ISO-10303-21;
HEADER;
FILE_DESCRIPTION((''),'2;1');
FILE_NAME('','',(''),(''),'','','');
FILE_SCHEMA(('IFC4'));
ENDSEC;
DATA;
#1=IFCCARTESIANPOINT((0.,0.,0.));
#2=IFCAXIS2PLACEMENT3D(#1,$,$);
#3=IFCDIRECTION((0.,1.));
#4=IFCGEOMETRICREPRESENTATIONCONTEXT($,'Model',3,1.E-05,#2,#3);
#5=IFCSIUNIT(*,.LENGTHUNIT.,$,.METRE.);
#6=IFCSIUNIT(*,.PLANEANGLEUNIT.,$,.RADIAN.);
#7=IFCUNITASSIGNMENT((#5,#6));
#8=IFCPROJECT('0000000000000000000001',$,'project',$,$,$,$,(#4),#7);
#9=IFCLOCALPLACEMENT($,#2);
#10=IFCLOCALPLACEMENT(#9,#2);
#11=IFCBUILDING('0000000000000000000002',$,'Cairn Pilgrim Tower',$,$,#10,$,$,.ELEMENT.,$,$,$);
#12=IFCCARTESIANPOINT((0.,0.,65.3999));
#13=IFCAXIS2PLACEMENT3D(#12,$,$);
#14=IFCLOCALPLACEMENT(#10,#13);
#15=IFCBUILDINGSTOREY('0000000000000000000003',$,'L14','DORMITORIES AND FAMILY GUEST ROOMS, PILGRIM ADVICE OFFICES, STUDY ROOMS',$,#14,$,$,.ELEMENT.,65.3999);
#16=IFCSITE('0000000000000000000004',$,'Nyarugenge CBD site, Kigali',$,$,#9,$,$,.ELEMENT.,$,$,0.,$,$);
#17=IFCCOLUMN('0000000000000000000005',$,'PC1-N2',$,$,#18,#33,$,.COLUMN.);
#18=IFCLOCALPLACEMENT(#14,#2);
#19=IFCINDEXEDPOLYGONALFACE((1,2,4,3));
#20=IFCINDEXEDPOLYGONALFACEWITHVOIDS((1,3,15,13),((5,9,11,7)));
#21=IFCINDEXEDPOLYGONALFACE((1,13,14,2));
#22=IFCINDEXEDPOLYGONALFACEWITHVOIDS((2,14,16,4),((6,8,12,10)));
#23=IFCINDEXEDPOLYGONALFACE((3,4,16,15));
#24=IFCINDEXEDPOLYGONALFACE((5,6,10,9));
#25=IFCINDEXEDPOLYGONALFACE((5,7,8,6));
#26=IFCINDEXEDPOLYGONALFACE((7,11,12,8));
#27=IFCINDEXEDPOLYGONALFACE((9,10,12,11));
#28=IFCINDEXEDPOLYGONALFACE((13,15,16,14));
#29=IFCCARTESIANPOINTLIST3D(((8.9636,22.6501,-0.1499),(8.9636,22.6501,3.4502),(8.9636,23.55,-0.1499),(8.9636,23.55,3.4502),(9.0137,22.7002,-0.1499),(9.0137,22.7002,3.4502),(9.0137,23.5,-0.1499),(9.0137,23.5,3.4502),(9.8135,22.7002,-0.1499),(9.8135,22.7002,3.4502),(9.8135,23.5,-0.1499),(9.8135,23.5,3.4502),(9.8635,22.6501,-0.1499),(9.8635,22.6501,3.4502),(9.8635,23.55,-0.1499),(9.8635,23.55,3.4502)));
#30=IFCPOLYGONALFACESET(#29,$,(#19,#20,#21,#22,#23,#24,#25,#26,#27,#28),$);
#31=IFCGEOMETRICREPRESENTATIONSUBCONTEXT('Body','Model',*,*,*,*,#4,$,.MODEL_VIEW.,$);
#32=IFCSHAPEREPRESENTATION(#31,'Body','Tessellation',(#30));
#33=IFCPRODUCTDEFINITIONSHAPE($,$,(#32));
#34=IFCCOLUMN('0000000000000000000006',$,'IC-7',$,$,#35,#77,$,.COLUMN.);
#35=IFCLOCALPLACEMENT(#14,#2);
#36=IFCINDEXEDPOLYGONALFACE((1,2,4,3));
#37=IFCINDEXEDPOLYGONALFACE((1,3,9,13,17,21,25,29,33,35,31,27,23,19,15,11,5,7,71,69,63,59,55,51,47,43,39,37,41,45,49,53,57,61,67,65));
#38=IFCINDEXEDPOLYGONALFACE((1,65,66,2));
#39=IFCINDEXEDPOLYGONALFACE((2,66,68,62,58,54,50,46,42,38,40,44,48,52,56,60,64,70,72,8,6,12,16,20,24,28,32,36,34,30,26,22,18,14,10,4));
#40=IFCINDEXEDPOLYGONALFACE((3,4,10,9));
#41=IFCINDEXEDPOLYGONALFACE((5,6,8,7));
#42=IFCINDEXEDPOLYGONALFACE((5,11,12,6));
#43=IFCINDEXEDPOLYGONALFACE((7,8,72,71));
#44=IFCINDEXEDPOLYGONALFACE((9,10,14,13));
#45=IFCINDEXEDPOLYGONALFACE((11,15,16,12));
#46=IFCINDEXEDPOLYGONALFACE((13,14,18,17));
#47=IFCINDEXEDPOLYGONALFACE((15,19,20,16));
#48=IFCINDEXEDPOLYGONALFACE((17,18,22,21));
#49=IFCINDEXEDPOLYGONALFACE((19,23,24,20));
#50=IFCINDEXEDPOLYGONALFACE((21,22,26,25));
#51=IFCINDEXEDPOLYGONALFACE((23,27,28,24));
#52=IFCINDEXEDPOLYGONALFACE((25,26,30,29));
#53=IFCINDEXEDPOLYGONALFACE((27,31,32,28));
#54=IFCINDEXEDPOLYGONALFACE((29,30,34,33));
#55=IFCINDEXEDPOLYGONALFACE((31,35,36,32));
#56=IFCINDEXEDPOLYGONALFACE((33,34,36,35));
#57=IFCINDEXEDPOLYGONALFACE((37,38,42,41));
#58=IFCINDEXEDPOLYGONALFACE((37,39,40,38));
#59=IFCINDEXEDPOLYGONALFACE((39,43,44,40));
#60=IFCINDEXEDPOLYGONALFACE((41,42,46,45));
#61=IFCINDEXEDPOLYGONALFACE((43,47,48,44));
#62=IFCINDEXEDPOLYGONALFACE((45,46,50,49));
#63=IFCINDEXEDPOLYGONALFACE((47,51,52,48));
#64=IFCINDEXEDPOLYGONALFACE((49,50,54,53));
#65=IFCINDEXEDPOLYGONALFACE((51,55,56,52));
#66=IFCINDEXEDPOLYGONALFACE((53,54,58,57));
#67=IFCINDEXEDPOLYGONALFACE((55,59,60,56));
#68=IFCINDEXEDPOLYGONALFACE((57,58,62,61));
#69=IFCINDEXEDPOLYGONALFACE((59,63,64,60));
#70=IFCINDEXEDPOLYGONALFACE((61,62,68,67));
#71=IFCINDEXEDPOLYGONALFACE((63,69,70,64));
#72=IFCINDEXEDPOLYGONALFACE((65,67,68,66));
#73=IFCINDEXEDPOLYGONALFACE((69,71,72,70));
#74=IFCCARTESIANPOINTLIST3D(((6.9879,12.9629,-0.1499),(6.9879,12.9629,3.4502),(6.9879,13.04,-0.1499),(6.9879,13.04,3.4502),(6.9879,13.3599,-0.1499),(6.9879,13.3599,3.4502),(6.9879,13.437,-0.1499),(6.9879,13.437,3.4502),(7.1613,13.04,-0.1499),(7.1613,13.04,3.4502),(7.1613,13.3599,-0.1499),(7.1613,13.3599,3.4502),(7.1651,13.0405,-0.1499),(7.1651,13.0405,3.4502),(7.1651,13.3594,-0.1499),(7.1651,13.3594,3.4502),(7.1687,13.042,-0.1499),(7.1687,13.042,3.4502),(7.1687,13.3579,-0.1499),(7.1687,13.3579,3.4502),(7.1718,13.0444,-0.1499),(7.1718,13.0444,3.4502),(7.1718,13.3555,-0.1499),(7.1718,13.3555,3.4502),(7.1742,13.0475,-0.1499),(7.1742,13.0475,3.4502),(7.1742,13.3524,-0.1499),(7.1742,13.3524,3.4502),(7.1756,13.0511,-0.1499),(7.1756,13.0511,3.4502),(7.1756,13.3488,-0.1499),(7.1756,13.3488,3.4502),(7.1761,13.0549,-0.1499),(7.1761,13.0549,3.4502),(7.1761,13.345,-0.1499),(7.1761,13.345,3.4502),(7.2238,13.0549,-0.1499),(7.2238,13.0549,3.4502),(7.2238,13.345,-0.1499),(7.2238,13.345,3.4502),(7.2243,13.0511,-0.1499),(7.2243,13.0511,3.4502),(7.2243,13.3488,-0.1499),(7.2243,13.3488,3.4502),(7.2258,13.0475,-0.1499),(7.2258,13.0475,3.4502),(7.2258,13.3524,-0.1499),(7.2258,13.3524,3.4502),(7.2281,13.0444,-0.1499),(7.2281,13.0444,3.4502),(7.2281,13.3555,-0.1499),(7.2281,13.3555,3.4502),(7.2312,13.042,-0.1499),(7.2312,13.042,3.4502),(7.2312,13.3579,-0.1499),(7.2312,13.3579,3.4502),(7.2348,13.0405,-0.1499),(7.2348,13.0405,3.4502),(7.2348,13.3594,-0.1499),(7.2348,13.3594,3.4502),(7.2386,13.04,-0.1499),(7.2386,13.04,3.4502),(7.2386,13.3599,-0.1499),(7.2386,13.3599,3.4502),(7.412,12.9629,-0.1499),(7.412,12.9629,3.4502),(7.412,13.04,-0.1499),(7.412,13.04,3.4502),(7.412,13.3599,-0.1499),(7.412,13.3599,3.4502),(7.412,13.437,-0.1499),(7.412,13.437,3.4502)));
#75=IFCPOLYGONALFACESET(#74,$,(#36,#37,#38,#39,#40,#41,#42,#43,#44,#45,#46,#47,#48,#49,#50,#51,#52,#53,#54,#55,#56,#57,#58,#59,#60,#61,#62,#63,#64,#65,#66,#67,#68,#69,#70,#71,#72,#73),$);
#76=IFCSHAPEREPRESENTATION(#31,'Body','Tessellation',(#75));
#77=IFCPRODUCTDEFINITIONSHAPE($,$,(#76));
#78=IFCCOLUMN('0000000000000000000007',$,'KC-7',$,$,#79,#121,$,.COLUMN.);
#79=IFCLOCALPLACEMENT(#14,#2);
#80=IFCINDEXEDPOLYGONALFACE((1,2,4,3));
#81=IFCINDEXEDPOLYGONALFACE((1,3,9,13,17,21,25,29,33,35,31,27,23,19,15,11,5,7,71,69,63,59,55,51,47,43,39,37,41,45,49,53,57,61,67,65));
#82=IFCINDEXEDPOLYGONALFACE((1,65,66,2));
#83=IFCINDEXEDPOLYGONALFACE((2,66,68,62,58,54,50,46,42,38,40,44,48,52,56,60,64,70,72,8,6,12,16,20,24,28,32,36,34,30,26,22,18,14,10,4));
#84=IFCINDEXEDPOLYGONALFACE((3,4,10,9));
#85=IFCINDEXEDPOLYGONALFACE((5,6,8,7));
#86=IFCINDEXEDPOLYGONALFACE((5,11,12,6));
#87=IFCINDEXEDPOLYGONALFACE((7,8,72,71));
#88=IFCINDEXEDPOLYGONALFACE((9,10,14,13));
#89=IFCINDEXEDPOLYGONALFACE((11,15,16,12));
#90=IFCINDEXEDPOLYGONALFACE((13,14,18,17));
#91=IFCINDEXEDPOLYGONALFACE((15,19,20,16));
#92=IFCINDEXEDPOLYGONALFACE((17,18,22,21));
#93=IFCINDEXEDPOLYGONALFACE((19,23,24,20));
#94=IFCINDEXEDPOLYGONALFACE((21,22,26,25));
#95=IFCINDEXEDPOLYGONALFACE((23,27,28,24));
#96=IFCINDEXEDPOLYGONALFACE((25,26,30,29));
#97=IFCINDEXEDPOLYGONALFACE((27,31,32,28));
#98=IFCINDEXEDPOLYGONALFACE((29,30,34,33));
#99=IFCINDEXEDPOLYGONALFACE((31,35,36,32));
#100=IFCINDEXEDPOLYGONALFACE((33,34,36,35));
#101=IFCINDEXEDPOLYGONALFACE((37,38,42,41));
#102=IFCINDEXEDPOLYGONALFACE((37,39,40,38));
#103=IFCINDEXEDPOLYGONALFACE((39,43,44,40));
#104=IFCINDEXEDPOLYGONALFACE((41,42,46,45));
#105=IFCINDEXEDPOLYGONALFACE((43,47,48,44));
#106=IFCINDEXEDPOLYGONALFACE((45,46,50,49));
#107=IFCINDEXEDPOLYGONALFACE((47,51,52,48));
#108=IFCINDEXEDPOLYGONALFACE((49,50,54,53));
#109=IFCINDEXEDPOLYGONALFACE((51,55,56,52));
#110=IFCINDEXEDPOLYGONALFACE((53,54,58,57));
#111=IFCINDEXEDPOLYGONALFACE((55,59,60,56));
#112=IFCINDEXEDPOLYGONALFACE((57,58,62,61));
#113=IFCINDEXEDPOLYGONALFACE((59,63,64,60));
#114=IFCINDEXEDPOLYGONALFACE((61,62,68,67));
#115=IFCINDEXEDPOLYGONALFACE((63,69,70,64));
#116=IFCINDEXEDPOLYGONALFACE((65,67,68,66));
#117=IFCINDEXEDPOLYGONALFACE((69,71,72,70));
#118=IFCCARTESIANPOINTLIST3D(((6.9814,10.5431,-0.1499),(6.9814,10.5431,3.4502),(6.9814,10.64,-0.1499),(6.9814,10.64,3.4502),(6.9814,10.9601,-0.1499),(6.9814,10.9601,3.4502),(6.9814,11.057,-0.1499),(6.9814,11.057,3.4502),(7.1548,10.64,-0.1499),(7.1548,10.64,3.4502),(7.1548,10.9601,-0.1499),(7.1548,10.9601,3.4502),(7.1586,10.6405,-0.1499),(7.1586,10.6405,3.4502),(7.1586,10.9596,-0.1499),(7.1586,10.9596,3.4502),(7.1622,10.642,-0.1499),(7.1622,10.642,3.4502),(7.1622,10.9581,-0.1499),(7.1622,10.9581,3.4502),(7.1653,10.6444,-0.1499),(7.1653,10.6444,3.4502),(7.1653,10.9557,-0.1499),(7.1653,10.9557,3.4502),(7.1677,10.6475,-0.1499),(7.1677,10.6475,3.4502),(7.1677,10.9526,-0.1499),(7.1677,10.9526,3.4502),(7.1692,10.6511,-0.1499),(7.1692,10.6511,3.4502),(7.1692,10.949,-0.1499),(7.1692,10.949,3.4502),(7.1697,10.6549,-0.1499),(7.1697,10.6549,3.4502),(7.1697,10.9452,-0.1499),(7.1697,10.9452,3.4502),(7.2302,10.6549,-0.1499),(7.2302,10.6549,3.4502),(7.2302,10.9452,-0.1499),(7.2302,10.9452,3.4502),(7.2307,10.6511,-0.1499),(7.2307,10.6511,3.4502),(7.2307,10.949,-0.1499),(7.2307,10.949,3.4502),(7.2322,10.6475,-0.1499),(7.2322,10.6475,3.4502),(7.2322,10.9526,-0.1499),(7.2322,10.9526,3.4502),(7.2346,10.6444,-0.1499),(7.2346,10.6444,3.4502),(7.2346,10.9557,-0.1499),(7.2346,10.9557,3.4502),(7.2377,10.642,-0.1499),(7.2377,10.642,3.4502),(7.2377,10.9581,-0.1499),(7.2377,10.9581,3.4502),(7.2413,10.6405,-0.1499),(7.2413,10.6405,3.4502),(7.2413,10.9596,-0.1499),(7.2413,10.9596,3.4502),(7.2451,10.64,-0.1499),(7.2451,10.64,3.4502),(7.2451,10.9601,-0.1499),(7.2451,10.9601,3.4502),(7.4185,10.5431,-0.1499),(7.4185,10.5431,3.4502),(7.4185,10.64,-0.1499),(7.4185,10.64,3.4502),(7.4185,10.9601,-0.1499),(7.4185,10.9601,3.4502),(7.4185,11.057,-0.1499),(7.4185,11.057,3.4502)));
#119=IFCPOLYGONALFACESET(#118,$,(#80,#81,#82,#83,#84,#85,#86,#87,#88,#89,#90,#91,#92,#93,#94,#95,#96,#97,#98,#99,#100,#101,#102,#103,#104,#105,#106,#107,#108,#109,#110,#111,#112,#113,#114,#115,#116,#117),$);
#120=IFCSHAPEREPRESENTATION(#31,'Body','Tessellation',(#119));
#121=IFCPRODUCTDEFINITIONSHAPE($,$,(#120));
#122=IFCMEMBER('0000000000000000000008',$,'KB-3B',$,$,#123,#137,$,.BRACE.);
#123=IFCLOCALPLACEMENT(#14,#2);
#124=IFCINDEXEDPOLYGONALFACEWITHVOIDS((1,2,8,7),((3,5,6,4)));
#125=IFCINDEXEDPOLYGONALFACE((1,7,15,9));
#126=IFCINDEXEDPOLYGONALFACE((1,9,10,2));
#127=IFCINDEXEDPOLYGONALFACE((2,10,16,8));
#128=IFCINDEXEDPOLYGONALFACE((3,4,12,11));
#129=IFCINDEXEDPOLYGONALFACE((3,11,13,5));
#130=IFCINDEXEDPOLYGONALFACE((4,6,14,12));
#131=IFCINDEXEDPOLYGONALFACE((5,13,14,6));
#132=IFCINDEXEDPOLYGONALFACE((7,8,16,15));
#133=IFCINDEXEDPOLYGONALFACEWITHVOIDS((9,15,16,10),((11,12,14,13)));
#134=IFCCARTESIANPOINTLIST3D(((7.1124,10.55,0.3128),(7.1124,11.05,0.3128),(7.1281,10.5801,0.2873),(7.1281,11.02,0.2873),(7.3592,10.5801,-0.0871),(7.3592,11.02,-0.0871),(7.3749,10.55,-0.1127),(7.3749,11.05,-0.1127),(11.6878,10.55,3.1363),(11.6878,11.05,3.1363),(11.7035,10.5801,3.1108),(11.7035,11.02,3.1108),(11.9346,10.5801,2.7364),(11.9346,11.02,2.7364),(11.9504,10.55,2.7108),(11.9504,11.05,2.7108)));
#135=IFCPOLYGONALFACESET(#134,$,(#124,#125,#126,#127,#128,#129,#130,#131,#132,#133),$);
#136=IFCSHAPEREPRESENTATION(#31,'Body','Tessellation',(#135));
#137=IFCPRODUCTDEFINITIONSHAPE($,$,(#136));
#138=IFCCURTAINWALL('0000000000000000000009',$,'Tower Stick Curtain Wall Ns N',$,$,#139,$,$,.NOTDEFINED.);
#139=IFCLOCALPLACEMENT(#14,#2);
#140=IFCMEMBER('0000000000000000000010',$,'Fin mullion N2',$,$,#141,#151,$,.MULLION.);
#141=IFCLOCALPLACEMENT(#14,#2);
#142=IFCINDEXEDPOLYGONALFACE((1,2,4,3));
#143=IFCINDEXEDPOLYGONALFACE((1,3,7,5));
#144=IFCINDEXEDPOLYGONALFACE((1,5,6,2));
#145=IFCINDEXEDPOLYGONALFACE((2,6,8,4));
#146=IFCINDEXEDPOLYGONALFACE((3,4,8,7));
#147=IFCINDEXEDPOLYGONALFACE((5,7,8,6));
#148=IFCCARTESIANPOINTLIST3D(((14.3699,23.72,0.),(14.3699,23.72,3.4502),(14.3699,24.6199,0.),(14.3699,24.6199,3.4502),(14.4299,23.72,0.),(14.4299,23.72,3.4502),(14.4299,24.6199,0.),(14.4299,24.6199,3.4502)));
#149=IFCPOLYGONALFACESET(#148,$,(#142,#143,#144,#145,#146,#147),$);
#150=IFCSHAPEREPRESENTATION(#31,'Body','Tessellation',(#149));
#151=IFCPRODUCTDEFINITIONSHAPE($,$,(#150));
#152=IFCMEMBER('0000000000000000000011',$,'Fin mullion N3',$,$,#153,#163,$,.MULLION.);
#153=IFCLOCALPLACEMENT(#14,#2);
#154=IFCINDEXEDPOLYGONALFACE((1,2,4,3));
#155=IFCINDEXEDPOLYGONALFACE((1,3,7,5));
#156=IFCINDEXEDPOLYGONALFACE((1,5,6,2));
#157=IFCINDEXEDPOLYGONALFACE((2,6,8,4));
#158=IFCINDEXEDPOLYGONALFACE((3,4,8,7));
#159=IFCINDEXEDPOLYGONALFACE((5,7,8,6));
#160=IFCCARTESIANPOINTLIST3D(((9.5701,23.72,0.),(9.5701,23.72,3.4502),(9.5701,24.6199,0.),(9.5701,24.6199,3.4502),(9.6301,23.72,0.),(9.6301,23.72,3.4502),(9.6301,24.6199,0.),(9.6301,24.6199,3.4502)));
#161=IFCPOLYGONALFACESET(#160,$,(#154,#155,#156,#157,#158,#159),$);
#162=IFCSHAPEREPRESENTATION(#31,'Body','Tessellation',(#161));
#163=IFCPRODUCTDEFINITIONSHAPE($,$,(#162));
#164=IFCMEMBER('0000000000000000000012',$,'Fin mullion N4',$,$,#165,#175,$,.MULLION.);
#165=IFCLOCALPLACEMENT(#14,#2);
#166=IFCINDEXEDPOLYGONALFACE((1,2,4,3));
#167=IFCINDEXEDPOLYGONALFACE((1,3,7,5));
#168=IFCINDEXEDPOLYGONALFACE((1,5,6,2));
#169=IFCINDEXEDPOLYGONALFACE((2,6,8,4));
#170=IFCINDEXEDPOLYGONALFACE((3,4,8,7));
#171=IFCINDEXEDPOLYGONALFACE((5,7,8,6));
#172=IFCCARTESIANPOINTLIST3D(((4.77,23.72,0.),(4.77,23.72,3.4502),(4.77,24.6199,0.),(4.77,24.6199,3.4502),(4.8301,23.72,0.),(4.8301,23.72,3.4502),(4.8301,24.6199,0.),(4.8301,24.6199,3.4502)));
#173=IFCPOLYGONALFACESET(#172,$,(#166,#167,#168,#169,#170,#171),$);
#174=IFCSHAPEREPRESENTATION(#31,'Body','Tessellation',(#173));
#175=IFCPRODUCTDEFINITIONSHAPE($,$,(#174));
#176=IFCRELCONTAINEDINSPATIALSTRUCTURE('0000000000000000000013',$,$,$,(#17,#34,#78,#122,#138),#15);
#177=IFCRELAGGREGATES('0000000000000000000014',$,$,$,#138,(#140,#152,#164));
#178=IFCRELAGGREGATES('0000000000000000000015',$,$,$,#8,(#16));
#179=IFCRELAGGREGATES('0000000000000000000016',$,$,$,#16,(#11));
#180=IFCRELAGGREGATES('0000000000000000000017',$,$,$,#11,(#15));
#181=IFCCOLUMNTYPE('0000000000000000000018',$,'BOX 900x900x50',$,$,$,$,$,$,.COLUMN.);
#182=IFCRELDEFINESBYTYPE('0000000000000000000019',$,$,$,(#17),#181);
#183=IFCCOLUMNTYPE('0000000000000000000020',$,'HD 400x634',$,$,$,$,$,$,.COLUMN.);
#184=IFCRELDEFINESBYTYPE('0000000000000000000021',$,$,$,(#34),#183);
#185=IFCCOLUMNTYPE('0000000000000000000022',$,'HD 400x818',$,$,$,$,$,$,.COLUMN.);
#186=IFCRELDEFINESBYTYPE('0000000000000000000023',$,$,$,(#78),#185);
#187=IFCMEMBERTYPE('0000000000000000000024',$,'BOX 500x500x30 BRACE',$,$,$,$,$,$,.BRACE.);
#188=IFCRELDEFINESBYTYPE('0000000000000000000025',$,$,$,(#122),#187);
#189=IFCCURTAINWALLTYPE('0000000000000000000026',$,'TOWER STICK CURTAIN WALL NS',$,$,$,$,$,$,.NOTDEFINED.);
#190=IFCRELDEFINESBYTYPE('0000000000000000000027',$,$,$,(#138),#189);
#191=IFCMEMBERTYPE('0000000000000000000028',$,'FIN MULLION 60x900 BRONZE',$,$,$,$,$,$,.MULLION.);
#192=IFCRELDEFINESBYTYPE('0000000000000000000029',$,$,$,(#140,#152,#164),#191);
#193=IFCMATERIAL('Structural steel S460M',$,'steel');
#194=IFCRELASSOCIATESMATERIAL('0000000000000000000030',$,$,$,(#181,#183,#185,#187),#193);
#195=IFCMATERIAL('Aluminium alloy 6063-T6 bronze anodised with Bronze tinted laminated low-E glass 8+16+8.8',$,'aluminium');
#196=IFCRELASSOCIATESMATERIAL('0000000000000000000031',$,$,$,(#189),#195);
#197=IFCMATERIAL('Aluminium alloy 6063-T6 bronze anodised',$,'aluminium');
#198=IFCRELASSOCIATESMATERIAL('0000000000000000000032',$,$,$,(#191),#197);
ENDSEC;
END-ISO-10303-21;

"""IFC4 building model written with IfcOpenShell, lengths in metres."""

from ifc_helpers import new_model, si_unit, direction, frame, origin, origin_2d, place, context, subcontext, project, spatial, rectangle, hollow_rectangle, i_section, extrude, material, material_profile, profile_set, type_object, element, aggregate, save


model = new_model("IFC4")

# Units and contexts
model_context = context("Model", 3, precision=1e-05, world=origin(), true_north=direction((0.0, 1.0)))
body_context = subcontext(model_context, "Body", "Model", "MODEL_VIEW")
ifc_project = project(units=[si_unit("LENGTHUNIT", "METRE"), si_unit("PLANEANGLEUNIT", "RADIAN")], contexts=[model_context])

# Site, building, storey
site_placement = place(None, origin())
site = spatial("IfcSite", under=ifc_project, at=site_placement, Name="Nyarugenge CBD site, Kigali", CompositionType="ELEMENT", RefElevation=0.0)
building_placement = place(site_placement, origin())
building = spatial("IfcBuilding", under=site, at=building_placement, Name="Cairn Pilgrim Tower", CompositionType="ELEMENT")
storey_placement = place(building_placement, frame((0.0, 0.0, 65.3999)))
storey = spatial("IfcBuildingStorey", under=building, at=storey_placement, Name="L14", Description="DORMITORIES AND FAMILY GUEST ROOMS, PILGRIM ADVICE OFFICES, STUDY ROOMS", CompositionType="ELEMENT", Elevation=65.3999)

# Columns
ifc_material_1 = material(Name="Structural steel S460M", Category="steel")
ifc_material_profile_1 = material_profile(ifc_material_1, hollow_rectangle(XDim=0.8999, YDim=0.8999, WallThickness=0.05, at=origin_2d()), Name="BOX 900x900x50")
ifc_profile_set_1 = profile_set([ifc_material_profile_1], Name="Structural steel S460M")
column_type_1 = type_object("IfcColumnType", Name="BOX 900x900x50", PredefinedType="COLUMN", material=ifc_profile_set_1)
column_1_placement = place(storey_placement, frame((9.4136, 23.1001, -0.1499), z_axis=(0.0, 0.0, 1.0), x_axis=(1.0, 0.0, 0.0)))
element("IfcColumn", 1, at=column_1_placement, inside=storey, type_object=column_type_1, Name="PC1-N2", PredefinedType="COLUMN", context=body_context, shape_type="SweptSolid", body=[
    extrude(hollow_rectangle(XDim=0.8999, YDim=0.8999, WallThickness=0.05, at=origin_2d()), origin(), (0.0, 0.0, 1.0), 3.6001),
])
ifc_material_profile_2 = material_profile(ifc_material_1, i_section(OverallWidth=0.4241, OverallDepth=0.4741, WebThickness=0.0476, FlangeThickness=0.0771, FilletRadius=0.0149, at=origin_2d()), Name="HD 400x634")
ifc_profile_set_2 = profile_set([ifc_material_profile_2], Name="Structural steel S460M")
column_type_2 = type_object("IfcColumnType", Name="HD 400x634", PredefinedType="COLUMN", material=ifc_profile_set_2)
column_2_placement = place(storey_placement, frame((7.2, 13.2, -0.1499), z_axis=(0.0, 0.0, 1.0), x_axis=(1.0, 0.0, 0.0)))
element("IfcColumn", 2, at=column_2_placement, inside=storey, type_object=column_type_2, Name="IC-7", PredefinedType="COLUMN", context=body_context, shape_type="SweptSolid", body=[
    extrude(i_section(OverallWidth=0.4241, OverallDepth=0.4741, WebThickness=0.0476, FlangeThickness=0.0771, FilletRadius=0.0149, at=origin_2d()), origin(), (0.0, 0.0, 1.0), 3.6001),
])
ifc_material_profile_3 = material_profile(ifc_material_1, i_section(OverallWidth=0.437, OverallDepth=0.5139, WebThickness=0.0605, FlangeThickness=0.0969, FilletRadius=0.0149, at=origin_2d()), Name="HD 400x818")
ifc_profile_set_3 = profile_set([ifc_material_profile_3], Name="Structural steel S460M")
column_type_3 = type_object("IfcColumnType", Name="HD 400x818", PredefinedType="COLUMN", material=ifc_profile_set_3)
column_3_placement = place(storey_placement, frame((7.2, 10.8, -0.1499), z_axis=(0.0, 0.0, 1.0), x_axis=(1.0, 0.0, 0.0)))
element("IfcColumn", 3, at=column_3_placement, inside=storey, type_object=column_type_3, Name="KC-7", PredefinedType="COLUMN", context=body_context, shape_type="SweptSolid", body=[
    extrude(i_section(OverallWidth=0.437, OverallDepth=0.5139, WebThickness=0.0605, FlangeThickness=0.0969, FilletRadius=0.0149, at=origin_2d()), origin(), (0.0, 0.0, 1.0), 3.6001),
])

# Member
ifc_material_profile_4 = material_profile(ifc_material_1, hollow_rectangle(XDim=0.5, YDim=0.5, WallThickness=0.03, at=origin_2d()), Name="BOX 500x500x30")
ifc_profile_set_4 = profile_set([ifc_material_profile_4], Name="Structural steel S460M")
member_type_1 = type_object("IfcMemberType", Name="BOX 500x500x30 BRACE", PredefinedType="BRACE", material=ifc_profile_set_4)
member_1_placement = place(storey_placement, frame((7.2437, 10.8, 0.1001), z_axis=(0.851008, 0.0, 0.525154), x_axis=(0.0, 1.0, 0.0)))
element("IfcMember", 4, at=member_1_placement, inside=storey, type_object=member_type_1, Name="KB-3B", PredefinedType="BRACE", context=body_context, shape_type="SweptSolid", body=[
    extrude(hollow_rectangle(XDim=0.5, YDim=0.5, WallThickness=0.03, at=origin_2d()), origin(), (0.0, 0.0, 1.0), 5.3765),
])

# Curtain wall, members
ifc_material_2 = material(Name="Aluminium alloy 6063-T6 bronze anodised with Bronze tinted laminated low-E glass 8+16+8.8", Category="aluminium")
curtain_wall_type = type_object("IfcCurtainWallType", Name="TOWER STICK CURTAIN WALL NS", PredefinedType="NOTDEFINED", material=ifc_material_2)
curtain_wall_placement = place(storey_placement, origin())
curtain_wall = element("IfcCurtainWall", 5, at=curtain_wall_placement, inside=storey, type_object=curtain_wall_type, Name="Tower Stick Curtain Wall Ns N", PredefinedType="NOTDEFINED")
ifc_material_3 = material(Name="Aluminium alloy 6063-T6 bronze anodised", Category="aluminium")
ifc_material_profile_5 = material_profile(ifc_material_3, rectangle(XDim=0.8999, YDim=0.0601, at=origin_2d()), Name="FIN MULLION 60x900 BRONZE")
ifc_profile_set_5 = profile_set([ifc_material_profile_5], Name="Aluminium alloy 6063-T6 bronze anodised")
member_type_2 = type_object("IfcMemberType", Name="FIN MULLION 60x900 BRONZE", PredefinedType="MULLION", material=ifc_profile_set_5)
member_2_placement = place(storey_placement, frame((14.3999, 24.1699, 0.0), z_axis=(0.0, 0.0, 1.0), x_axis=(0.0, 1.0, 0.0)))
member_2 = element("IfcMember", 6, at=member_2_placement, type_object=member_type_2, Name="Fin mullion N2", PredefinedType="MULLION", context=body_context, shape_type="SweptSolid", body=[
    extrude(rectangle(XDim=0.8999, YDim=0.0601, at=origin_2d()), origin(), (0.0, 0.0, 1.0), 3.4502),
])
member_3_placement = place(storey_placement, frame((9.6001, 24.1699, 0.0), z_axis=(0.0, 0.0, 1.0), x_axis=(0.0, 1.0, 0.0)))
member_3 = element("IfcMember", 7, at=member_3_placement, type_object=member_type_2, Name="Fin mullion N3", PredefinedType="MULLION", context=body_context, shape_type="SweptSolid", body=[
    extrude(rectangle(XDim=0.8999, YDim=0.0601, at=origin_2d()), origin(), (0.0, 0.0, 1.0), 3.4502),
])
member_4_placement = place(storey_placement, frame((4.8, 24.1699, 0.0), z_axis=(0.0, 0.0, 1.0), x_axis=(0.0, 1.0, 0.0)))
member_4 = element("IfcMember", 8, at=member_4_placement, type_object=member_type_2, Name="Fin mullion N4", PredefinedType="MULLION", context=body_context, shape_type="SweptSolid", body=[
    extrude(rectangle(XDim=0.8999, YDim=0.0601, at=origin_2d()), origin(), (0.0, 0.0, 1.0), 3.4502),
])

aggregate(curtain_wall, [member_2, member_3, member_4])

save(model, "model.ifc")
